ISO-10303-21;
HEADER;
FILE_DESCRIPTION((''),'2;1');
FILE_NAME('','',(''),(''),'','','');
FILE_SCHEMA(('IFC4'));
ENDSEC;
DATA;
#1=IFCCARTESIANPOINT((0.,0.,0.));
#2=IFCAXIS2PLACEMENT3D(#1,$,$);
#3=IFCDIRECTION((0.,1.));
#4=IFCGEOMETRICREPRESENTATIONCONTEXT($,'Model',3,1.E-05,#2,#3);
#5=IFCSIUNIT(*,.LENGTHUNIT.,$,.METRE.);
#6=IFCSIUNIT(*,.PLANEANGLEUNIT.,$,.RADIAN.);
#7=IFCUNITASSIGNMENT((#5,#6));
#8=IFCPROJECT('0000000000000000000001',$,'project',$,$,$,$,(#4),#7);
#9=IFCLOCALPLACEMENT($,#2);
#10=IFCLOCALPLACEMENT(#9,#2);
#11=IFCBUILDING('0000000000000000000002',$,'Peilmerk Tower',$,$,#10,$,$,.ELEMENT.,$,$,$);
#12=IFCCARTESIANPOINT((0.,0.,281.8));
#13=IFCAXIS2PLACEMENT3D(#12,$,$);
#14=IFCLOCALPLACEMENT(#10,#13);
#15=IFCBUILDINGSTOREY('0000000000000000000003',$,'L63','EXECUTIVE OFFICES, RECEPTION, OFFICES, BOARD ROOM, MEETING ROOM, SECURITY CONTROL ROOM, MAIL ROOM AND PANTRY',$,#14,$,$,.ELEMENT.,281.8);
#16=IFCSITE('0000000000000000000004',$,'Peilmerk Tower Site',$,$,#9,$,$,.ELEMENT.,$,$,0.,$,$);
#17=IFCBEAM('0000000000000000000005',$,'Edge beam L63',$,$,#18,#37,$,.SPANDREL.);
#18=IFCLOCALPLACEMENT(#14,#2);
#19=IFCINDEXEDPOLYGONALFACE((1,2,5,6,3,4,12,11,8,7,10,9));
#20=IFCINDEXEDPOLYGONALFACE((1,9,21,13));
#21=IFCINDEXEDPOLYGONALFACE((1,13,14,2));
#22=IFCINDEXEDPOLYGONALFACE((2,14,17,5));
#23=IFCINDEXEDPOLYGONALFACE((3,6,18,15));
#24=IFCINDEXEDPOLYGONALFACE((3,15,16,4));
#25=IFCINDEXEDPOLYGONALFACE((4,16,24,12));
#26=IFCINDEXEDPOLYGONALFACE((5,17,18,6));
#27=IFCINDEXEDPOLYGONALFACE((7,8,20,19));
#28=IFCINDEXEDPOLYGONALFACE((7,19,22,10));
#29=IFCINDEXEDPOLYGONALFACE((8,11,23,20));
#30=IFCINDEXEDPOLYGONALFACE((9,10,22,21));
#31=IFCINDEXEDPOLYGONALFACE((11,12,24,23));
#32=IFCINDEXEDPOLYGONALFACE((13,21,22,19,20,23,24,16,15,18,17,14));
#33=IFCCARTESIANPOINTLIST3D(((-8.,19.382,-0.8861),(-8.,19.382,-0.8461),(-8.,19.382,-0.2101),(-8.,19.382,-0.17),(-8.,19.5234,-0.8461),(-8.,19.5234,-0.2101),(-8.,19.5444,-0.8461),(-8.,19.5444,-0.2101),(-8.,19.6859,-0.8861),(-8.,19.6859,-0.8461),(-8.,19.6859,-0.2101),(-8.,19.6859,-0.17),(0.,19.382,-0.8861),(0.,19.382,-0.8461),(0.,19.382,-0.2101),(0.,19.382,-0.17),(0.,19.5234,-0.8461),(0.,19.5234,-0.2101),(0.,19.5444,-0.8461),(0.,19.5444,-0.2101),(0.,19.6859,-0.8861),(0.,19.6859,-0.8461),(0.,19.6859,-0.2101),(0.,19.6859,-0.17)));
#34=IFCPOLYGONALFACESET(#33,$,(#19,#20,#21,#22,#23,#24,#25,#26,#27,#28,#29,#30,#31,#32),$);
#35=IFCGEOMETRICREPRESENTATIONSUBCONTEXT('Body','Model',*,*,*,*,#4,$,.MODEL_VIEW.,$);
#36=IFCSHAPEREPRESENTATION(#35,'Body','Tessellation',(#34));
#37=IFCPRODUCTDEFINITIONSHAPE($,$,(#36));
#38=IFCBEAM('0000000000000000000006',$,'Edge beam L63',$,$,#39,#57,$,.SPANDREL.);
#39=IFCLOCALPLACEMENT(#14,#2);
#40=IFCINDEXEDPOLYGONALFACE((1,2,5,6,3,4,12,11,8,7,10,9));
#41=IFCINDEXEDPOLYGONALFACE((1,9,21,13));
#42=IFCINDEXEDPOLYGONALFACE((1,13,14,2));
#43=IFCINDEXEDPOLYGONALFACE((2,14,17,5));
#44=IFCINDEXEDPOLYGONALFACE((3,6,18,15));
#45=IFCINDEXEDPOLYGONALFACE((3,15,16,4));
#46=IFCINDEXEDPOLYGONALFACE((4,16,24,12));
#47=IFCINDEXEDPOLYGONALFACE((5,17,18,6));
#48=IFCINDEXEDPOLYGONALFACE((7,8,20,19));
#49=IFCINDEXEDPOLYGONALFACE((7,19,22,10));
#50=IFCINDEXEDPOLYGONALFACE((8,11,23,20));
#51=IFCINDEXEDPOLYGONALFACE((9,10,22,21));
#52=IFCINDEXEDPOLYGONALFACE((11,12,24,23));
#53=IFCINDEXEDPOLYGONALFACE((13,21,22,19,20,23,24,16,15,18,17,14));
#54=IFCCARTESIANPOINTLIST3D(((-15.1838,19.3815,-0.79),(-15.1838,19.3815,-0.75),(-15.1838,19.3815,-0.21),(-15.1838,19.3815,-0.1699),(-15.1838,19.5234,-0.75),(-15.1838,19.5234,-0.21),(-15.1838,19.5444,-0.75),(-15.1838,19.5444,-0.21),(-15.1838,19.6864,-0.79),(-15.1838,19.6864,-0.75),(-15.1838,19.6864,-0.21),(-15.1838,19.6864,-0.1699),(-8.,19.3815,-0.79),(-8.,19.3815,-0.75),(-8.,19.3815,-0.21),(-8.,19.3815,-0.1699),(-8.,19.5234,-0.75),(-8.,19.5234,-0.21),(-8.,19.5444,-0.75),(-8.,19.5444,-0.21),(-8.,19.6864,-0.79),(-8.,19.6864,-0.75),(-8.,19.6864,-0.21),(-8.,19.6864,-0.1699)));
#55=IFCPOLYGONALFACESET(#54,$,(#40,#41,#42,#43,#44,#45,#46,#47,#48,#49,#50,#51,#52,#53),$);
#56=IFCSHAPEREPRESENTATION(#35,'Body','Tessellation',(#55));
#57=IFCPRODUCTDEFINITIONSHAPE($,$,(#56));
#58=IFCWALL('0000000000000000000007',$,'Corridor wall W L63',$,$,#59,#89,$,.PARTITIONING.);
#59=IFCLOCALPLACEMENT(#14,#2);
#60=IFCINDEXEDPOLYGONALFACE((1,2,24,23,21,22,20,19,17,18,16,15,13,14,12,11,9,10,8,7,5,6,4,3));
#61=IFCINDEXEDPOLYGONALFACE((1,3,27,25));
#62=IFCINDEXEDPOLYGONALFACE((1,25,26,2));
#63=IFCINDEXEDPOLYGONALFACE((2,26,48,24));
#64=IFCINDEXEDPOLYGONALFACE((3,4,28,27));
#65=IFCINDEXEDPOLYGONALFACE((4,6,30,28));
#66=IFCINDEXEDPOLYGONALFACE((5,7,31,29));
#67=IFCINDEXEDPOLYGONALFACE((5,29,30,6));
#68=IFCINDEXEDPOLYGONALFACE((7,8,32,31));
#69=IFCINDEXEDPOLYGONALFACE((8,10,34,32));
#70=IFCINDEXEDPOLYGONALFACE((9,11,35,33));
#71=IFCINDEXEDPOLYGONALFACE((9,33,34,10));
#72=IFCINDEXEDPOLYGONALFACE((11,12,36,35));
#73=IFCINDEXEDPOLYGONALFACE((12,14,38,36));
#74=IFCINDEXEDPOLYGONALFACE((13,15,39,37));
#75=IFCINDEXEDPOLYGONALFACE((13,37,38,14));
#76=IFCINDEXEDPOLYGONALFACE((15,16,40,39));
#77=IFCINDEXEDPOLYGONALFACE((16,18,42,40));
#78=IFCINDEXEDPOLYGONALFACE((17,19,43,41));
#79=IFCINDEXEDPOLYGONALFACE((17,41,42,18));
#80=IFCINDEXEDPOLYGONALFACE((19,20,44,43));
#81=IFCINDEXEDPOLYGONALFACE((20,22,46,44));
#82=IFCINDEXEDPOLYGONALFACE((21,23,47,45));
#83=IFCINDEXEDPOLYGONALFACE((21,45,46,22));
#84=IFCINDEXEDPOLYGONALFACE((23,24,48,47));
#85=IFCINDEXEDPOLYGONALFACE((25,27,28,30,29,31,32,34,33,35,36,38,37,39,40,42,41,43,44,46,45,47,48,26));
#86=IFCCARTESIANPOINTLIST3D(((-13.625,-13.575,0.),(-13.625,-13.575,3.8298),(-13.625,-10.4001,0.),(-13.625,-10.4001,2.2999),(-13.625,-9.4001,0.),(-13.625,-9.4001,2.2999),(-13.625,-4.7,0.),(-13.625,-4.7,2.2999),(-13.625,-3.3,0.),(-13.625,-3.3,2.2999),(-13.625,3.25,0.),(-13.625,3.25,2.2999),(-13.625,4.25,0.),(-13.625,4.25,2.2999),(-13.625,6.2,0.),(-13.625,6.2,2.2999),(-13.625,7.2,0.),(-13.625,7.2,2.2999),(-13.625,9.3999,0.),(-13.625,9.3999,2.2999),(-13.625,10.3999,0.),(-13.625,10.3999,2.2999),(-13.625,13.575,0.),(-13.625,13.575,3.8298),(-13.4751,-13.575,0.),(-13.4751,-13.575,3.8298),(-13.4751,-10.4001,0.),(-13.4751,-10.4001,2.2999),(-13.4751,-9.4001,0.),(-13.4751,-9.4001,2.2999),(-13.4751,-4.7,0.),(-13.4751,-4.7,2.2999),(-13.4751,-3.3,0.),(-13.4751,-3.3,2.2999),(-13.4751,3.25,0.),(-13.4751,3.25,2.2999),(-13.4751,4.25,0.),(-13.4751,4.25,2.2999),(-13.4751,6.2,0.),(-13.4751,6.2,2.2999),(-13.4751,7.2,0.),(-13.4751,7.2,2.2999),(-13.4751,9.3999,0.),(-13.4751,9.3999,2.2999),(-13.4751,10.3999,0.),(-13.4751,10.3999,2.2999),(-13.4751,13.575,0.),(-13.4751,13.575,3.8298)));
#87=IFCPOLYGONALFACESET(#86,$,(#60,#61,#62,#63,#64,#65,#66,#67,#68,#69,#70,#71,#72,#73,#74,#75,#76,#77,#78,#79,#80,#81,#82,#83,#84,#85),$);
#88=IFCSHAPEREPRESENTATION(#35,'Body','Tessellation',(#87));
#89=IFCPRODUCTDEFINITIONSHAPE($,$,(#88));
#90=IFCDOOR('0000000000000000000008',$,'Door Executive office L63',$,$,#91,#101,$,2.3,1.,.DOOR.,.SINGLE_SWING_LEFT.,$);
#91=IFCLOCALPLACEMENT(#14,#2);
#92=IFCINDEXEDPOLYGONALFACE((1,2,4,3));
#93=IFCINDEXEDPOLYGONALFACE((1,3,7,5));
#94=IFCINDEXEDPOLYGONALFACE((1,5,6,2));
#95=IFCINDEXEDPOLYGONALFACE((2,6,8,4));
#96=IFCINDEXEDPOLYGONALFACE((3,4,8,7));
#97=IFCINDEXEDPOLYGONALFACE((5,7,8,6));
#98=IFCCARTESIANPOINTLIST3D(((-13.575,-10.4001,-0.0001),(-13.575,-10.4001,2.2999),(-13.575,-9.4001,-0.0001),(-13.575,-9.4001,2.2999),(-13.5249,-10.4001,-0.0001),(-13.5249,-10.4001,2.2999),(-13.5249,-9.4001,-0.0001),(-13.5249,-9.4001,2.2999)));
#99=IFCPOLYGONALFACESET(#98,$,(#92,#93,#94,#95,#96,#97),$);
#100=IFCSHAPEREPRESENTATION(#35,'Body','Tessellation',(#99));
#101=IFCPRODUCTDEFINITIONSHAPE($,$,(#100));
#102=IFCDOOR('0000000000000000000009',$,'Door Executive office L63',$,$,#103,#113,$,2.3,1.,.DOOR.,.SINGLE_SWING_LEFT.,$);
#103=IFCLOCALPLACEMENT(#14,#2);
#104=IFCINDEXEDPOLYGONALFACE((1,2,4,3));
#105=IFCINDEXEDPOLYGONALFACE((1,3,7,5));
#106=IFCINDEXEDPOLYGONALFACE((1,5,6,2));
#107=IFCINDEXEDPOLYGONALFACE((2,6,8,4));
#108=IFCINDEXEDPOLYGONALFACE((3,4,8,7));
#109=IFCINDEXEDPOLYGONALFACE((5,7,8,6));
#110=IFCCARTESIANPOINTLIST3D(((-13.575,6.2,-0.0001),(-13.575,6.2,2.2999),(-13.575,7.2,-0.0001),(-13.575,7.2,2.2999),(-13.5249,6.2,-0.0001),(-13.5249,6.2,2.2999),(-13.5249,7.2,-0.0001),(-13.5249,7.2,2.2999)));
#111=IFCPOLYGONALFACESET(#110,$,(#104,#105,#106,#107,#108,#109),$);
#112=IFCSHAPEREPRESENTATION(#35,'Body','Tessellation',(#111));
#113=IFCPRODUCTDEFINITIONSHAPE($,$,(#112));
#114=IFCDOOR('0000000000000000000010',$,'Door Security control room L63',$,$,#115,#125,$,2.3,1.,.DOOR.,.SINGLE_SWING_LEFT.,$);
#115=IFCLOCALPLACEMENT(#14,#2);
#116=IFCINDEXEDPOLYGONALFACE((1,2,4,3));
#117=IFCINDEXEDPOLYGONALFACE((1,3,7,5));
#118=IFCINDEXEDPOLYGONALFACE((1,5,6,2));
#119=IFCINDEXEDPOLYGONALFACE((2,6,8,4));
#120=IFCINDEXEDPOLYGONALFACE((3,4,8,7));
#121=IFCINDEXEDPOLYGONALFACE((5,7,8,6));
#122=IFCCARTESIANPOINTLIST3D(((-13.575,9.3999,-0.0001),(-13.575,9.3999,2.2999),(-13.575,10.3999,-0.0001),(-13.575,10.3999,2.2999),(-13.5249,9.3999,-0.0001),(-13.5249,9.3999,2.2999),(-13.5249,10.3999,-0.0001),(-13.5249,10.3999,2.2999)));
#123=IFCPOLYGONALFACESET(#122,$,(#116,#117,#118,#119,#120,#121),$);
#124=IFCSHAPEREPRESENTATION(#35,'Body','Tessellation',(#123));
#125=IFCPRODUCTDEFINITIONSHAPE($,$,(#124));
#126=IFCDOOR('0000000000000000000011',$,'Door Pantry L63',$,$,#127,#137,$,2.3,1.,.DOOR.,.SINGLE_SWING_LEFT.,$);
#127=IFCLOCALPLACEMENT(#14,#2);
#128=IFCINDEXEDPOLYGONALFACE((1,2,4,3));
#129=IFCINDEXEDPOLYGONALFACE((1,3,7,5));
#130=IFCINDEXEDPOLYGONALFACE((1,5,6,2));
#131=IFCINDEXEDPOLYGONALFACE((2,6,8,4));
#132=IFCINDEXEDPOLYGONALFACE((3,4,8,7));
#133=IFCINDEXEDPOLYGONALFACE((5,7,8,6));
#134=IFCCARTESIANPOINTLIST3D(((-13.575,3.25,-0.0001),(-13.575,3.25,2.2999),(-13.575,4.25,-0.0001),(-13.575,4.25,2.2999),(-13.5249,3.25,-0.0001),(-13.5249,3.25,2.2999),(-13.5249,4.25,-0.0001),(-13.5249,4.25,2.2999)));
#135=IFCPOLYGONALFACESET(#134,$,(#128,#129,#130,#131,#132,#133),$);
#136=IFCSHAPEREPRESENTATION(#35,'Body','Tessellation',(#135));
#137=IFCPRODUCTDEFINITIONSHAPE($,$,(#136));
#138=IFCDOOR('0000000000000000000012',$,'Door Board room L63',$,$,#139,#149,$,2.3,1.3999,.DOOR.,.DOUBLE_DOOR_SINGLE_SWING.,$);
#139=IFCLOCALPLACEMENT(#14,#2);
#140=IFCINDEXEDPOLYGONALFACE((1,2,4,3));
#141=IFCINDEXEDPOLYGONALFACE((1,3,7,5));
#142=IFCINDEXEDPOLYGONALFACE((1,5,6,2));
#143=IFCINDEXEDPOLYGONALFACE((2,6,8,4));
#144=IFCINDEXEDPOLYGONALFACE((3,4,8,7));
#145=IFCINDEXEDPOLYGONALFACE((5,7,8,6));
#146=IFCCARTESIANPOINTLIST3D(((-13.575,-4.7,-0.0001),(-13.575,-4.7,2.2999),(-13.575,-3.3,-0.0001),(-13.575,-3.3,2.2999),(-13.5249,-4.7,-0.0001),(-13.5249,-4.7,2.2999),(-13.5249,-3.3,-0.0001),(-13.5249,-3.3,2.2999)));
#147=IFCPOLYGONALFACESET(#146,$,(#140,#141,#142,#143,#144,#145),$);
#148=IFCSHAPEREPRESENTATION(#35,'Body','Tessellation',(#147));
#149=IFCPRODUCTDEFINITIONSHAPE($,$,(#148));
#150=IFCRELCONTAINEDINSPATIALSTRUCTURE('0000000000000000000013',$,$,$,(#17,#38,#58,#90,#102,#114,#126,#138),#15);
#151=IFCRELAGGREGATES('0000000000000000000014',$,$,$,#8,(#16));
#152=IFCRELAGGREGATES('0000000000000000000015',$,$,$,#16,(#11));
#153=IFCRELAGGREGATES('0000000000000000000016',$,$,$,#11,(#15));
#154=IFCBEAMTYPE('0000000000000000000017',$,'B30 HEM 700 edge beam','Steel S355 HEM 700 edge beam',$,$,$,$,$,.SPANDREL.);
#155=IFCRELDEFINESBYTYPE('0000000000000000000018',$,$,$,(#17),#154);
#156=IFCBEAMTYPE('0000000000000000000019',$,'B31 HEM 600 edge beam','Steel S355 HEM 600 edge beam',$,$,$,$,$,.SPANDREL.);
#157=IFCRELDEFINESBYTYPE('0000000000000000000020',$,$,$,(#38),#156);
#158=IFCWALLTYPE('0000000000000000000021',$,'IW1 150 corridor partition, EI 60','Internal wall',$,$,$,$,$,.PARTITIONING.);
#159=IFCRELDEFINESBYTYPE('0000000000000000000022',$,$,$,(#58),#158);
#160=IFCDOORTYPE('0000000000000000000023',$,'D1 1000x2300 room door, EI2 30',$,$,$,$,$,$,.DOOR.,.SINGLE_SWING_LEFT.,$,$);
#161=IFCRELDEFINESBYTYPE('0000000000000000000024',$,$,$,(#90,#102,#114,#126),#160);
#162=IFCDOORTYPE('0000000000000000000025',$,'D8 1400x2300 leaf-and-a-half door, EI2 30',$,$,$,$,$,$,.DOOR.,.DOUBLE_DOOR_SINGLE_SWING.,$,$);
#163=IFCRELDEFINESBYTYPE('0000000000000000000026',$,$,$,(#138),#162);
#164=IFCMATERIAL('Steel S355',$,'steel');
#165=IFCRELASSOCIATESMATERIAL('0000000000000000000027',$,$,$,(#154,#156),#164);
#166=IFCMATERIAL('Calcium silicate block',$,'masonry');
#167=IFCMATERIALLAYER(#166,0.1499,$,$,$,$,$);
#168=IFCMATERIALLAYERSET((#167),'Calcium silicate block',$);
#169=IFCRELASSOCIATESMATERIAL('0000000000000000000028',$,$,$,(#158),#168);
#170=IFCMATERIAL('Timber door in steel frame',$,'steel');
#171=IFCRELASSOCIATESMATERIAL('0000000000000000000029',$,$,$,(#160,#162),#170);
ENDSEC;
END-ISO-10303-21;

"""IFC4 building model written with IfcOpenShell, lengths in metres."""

from ifc_helpers import new_model, si_unit, direction, frame, frame_2d, origin, origin_2d, place, context, subcontext, project, spatial, rectangle, i_section, extrude, material, layer, layer_set, material_profile, profile_set, type_object, element, fill, save


model = new_model("IFC4")

# Units and contexts
model_context = context("Model", 3, precision=1e-05, world=origin(), true_north=direction((0.0, 1.0)))
body_context = subcontext(model_context, "Body", "Model", "MODEL_VIEW")
ifc_project = project(units=[si_unit("LENGTHUNIT", "METRE"), si_unit("PLANEANGLEUNIT", "RADIAN")], contexts=[model_context])

# Site, building, storey
site_placement = place(None, origin())
site = spatial("IfcSite", under=ifc_project, at=site_placement, Name="Peilmerk Tower Site", CompositionType="ELEMENT", RefElevation=0.0)
building_placement = place(site_placement, origin())
building = spatial("IfcBuilding", under=site, at=building_placement, Name="Peilmerk Tower", CompositionType="ELEMENT")
storey_placement = place(building_placement, frame((0.0, 0.0, 281.8)))
storey = spatial("IfcBuildingStorey", under=building, at=storey_placement, Name="L63", Description="EXECUTIVE OFFICES, RECEPTION, OFFICES, BOARD ROOM, MEETING ROOM, SECURITY CONTROL ROOM, MAIL ROOM AND PANTRY", CompositionType="ELEMENT", Elevation=281.8)

# Beams
ifc_material_1 = material(Name="Steel S355", Category="steel")
ifc_material_profile_1 = material_profile(ifc_material_1, i_section(OverallWidth=0.304, OverallDepth=0.7161, WebThickness=0.021, FlangeThickness=0.04, at=origin_2d()), Name="HEM 700")
ifc_profile_set_1 = profile_set([ifc_material_profile_1], Name="Steel S355")
beam_type_1 = type_object("IfcBeamType", Name="B30 HEM 700 edge beam", Description="Steel S355 HEM 700 edge beam", PredefinedType="SPANDREL", material=ifc_profile_set_1)
beam_1_placement = place(storey_placement, frame((0.0, 19.5339, -0.5281), z_axis=(-1.0, 0.0, 0.0), x_axis=(0.0, -1.0, 0.0)))
element("IfcBeam", 1, at=beam_1_placement, inside=storey, type_object=beam_type_1, Name="Edge beam L63", PredefinedType="SPANDREL", context=body_context, shape_type="SweptSolid", body=[
    extrude(i_section(OverallWidth=0.304, OverallDepth=0.7161, WebThickness=0.021, FlangeThickness=0.04, at=origin_2d()), origin(), (0.0, 0.0, 1.0), 8.0),
])
ifc_material_profile_2 = material_profile(ifc_material_1, i_section(OverallWidth=0.3049, OverallDepth=0.6201, WebThickness=0.021, FlangeThickness=0.04, at=origin_2d()), Name="HEM 600")
ifc_profile_set_2 = profile_set([ifc_material_profile_2], Name="Steel S355")
beam_type_2 = type_object("IfcBeamType", Name="B31 HEM 600 edge beam", Description="Steel S355 HEM 600 edge beam", PredefinedType="SPANDREL", material=ifc_profile_set_2)
beam_2_placement = place(storey_placement, frame((-8.0, 19.5339, -0.48), z_axis=(-1.0, 0.0, 0.0), x_axis=(0.0, -1.0, 0.0)))
element("IfcBeam", 2, at=beam_2_placement, inside=storey, type_object=beam_type_2, Name="Edge beam L63", PredefinedType="SPANDREL", context=body_context, shape_type="SweptSolid", body=[
    extrude(i_section(OverallWidth=0.3049, OverallDepth=0.6201, WebThickness=0.021, FlangeThickness=0.04, at=origin_2d()), origin(), (0.0, 0.0, 1.0), 7.1838),
])

# Wall, openings, doors
ifc_material_2 = material(Name="Calcium silicate block", Category="masonry")
ifc_layer_1 = layer(ifc_material_2, 0.1499)
ifc_layer_set_1 = layer_set([ifc_layer_1], Name="Calcium silicate block")
wall_type_1 = type_object("IfcWallType", Name="IW1 150 corridor partition, EI 60", Description="Internal wall", PredefinedType="PARTITIONING", material=ifc_layer_set_1)
wall_1_placement = place(storey_placement, frame((-13.55, 13.575, 0.0), z_axis=(0.0, 0.0, 1.0), x_axis=(0.0, -1.0, 0.0)))
wall_1 = element("IfcWall", 3, at=wall_1_placement, inside=storey, type_object=wall_type_1, Name="Corridor wall W L63", PredefinedType="PARTITIONING", context=body_context, shape_type="SweptSolid", body=[
    extrude(rectangle(XDim=27.1499, YDim=0.1499, at=frame_2d((13.575, 0.0))), origin(), (0.0, 0.0, 1.0), 3.8298),
])
opening_1_placement = place(wall_1_placement, frame((22.9751, 0.0, 0.0)))
opening_1 = element("IfcOpeningElement", 4, at=opening_1_placement, cuts=wall_1, PredefinedType="OPENING", context=body_context, shape_type="SweptSolid", body=[
    extrude(rectangle(XDim=1.0, YDim=2.3, at=frame_2d((0.5, 1.1499))), frame((0.0, 0.085, 0.0), z_axis=(0.0, -1.0, 0.0), x_axis=(1.0, 0.0, 0.0)), (0.0, 0.0, 1.0), 0.1699),
])
opening_2_placement = place(wall_1_placement, frame((16.875, 0.0, 0.0)))
opening_2 = element("IfcOpeningElement", 5, at=opening_2_placement, cuts=wall_1, PredefinedType="OPENING", context=body_context, shape_type="SweptSolid", body=[
    extrude(rectangle(XDim=1.3999, YDim=2.3, at=frame_2d((0.7, 1.1499))), frame((0.0, 0.085, 0.0), z_axis=(0.0, -1.0, 0.0), x_axis=(1.0, 0.0, 0.0)), (0.0, 0.0, 1.0), 0.1699),
])
opening_3_placement = place(wall_1_placement, frame((6.375, 0.0, 0.0)))
opening_3 = element("IfcOpeningElement", 6, at=opening_3_placement, cuts=wall_1, PredefinedType="OPENING", context=body_context, shape_type="SweptSolid", body=[
    extrude(rectangle(XDim=1.0, YDim=2.3, at=frame_2d((0.5, 1.1499))), frame((0.0, 0.085, 0.0), z_axis=(0.0, -1.0, 0.0), x_axis=(1.0, 0.0, 0.0)), (0.0, 0.0, 1.0), 0.1699),
])
opening_4_placement = place(wall_1_placement, frame((3.175, 0.0, 0.0)))
opening_4 = element("IfcOpeningElement", 7, at=opening_4_placement, cuts=wall_1, PredefinedType="OPENING", context=body_context, shape_type="SweptSolid", body=[
    extrude(rectangle(XDim=1.0, YDim=2.3, at=frame_2d((0.5, 1.1499))), frame((0.0, 0.085, 0.0), z_axis=(0.0, -1.0, 0.0), x_axis=(1.0, 0.0, 0.0)), (0.0, 0.0, 1.0), 0.1699),
])
opening_5_placement = place(wall_1_placement, frame((9.325, 0.0, 0.0)))
opening_5 = element("IfcOpeningElement", 8, at=opening_5_placement, cuts=wall_1, PredefinedType="OPENING", context=body_context, shape_type="SweptSolid", body=[
    extrude(rectangle(XDim=1.0, YDim=2.3, at=frame_2d((0.5, 1.1499))), frame((0.0, 0.085, 0.0), z_axis=(0.0, -1.0, 0.0), x_axis=(1.0, 0.0, 0.0)), (0.0, 0.0, 1.0), 0.1699),
])
ifc_material_3 = material(Name="Timber door in steel frame", Category="steel")
door_type_1 = type_object("IfcDoorType", Name="D1 1000x2300 room door, EI2 30", OperationType="SINGLE_SWING_LEFT", PredefinedType="DOOR", material=ifc_material_3)
door_1_placement = place(opening_1_placement, frame((1.0, 0.0, 0.0), z_axis=(0.0, 0.0, 1.0), x_axis=(-1.0, 0.0, 0.0)))
door_1 = element("IfcDoor", 9, at=door_1_placement, inside=storey, type_object=door_type_1, Name="Door Executive office L63", OperationType="SINGLE_SWING_LEFT", OverallHeight=2.3, OverallWidth=1.0, PredefinedType="DOOR", context=body_context, shape_type="SweptSolid", body=[
    extrude(rectangle(XDim=1.0, YDim=2.3, at=frame_2d((0.5, 1.1499))), frame((0.0, 0.0249, 0.0), z_axis=(0.0, -1.0, 0.0), x_axis=(1.0, 0.0, 0.0)), (0.0, 0.0, 1.0), 0.05),
])
fill(opening_1, door_1)
door_2_placement = place(opening_3_placement, frame((1.0, 0.0, 0.0), z_axis=(0.0, 0.0, 1.0), x_axis=(-1.0, 0.0, 0.0)))
door_2 = element("IfcDoor", 10, at=door_2_placement, inside=storey, type_object=door_type_1, Name="Door Executive office L63", OperationType="SINGLE_SWING_LEFT", OverallHeight=2.3, OverallWidth=1.0, PredefinedType="DOOR", context=body_context, shape_type="SweptSolid", body=[
    extrude(rectangle(XDim=1.0, YDim=2.3, at=frame_2d((0.5, 1.1499))), frame((0.0, 0.0249, 0.0), z_axis=(0.0, -1.0, 0.0), x_axis=(1.0, 0.0, 0.0)), (0.0, 0.0, 1.0), 0.05),
])
fill(opening_3, door_2)
door_3_placement = place(opening_4_placement, frame((1.0, 0.0, 0.0), z_axis=(0.0, 0.0, 1.0), x_axis=(-1.0, 0.0, 0.0)))
door_3 = element("IfcDoor", 11, at=door_3_placement, inside=storey, type_object=door_type_1, Name="Door Security control room L63", OperationType="SINGLE_SWING_LEFT", OverallHeight=2.3, OverallWidth=1.0, PredefinedType="DOOR", context=body_context, shape_type="SweptSolid", body=[
    extrude(rectangle(XDim=1.0, YDim=2.3, at=frame_2d((0.5, 1.1499))), frame((0.0, 0.0249, 0.0), z_axis=(0.0, -1.0, 0.0), x_axis=(1.0, 0.0, 0.0)), (0.0, 0.0, 1.0), 0.05),
])
fill(opening_4, door_3)
door_4_placement = place(opening_5_placement, frame((1.0, 0.0, 0.0), z_axis=(0.0, 0.0, 1.0), x_axis=(-1.0, 0.0, 0.0)))
door_4 = element("IfcDoor", 12, at=door_4_placement, inside=storey, type_object=door_type_1, Name="Door Pantry L63", OperationType="SINGLE_SWING_LEFT", OverallHeight=2.3, OverallWidth=1.0, PredefinedType="DOOR", context=body_context, shape_type="SweptSolid", body=[
    extrude(rectangle(XDim=1.0, YDim=2.3, at=frame_2d((0.5, 1.1499))), frame((0.0, 0.0249, 0.0), z_axis=(0.0, -1.0, 0.0), x_axis=(1.0, 0.0, 0.0)), (0.0, 0.0, 1.0), 0.05),
])
fill(opening_5, door_4)
door_type_2 = type_object("IfcDoorType", Name="D8 1400x2300 leaf-and-a-half door, EI2 30", OperationType="DOUBLE_DOOR_SINGLE_SWING", PredefinedType="DOOR", material=ifc_material_3)
door_5_placement = place(opening_2_placement, frame((1.3999, 0.0, 0.0), z_axis=(0.0, 0.0, 1.0), x_axis=(-1.0, 0.0, 0.0)))
door_5 = element("IfcDoor", 13, at=door_5_placement, inside=storey, type_object=door_type_2, Name="Door Board room L63", OperationType="DOUBLE_DOOR_SINGLE_SWING", OverallHeight=2.3, OverallWidth=1.3999, PredefinedType="DOOR", context=body_context, shape_type="SweptSolid", body=[
    extrude(rectangle(XDim=1.3999, YDim=2.3, at=frame_2d((0.7, 1.1499))), frame((0.0, 0.0249, 0.0), z_axis=(0.0, -1.0, 0.0), x_axis=(1.0, 0.0, 0.0)), (0.0, 0.0, 1.0), 0.05),
])
fill(opening_2, door_5)

save(model, "model.ifc")
